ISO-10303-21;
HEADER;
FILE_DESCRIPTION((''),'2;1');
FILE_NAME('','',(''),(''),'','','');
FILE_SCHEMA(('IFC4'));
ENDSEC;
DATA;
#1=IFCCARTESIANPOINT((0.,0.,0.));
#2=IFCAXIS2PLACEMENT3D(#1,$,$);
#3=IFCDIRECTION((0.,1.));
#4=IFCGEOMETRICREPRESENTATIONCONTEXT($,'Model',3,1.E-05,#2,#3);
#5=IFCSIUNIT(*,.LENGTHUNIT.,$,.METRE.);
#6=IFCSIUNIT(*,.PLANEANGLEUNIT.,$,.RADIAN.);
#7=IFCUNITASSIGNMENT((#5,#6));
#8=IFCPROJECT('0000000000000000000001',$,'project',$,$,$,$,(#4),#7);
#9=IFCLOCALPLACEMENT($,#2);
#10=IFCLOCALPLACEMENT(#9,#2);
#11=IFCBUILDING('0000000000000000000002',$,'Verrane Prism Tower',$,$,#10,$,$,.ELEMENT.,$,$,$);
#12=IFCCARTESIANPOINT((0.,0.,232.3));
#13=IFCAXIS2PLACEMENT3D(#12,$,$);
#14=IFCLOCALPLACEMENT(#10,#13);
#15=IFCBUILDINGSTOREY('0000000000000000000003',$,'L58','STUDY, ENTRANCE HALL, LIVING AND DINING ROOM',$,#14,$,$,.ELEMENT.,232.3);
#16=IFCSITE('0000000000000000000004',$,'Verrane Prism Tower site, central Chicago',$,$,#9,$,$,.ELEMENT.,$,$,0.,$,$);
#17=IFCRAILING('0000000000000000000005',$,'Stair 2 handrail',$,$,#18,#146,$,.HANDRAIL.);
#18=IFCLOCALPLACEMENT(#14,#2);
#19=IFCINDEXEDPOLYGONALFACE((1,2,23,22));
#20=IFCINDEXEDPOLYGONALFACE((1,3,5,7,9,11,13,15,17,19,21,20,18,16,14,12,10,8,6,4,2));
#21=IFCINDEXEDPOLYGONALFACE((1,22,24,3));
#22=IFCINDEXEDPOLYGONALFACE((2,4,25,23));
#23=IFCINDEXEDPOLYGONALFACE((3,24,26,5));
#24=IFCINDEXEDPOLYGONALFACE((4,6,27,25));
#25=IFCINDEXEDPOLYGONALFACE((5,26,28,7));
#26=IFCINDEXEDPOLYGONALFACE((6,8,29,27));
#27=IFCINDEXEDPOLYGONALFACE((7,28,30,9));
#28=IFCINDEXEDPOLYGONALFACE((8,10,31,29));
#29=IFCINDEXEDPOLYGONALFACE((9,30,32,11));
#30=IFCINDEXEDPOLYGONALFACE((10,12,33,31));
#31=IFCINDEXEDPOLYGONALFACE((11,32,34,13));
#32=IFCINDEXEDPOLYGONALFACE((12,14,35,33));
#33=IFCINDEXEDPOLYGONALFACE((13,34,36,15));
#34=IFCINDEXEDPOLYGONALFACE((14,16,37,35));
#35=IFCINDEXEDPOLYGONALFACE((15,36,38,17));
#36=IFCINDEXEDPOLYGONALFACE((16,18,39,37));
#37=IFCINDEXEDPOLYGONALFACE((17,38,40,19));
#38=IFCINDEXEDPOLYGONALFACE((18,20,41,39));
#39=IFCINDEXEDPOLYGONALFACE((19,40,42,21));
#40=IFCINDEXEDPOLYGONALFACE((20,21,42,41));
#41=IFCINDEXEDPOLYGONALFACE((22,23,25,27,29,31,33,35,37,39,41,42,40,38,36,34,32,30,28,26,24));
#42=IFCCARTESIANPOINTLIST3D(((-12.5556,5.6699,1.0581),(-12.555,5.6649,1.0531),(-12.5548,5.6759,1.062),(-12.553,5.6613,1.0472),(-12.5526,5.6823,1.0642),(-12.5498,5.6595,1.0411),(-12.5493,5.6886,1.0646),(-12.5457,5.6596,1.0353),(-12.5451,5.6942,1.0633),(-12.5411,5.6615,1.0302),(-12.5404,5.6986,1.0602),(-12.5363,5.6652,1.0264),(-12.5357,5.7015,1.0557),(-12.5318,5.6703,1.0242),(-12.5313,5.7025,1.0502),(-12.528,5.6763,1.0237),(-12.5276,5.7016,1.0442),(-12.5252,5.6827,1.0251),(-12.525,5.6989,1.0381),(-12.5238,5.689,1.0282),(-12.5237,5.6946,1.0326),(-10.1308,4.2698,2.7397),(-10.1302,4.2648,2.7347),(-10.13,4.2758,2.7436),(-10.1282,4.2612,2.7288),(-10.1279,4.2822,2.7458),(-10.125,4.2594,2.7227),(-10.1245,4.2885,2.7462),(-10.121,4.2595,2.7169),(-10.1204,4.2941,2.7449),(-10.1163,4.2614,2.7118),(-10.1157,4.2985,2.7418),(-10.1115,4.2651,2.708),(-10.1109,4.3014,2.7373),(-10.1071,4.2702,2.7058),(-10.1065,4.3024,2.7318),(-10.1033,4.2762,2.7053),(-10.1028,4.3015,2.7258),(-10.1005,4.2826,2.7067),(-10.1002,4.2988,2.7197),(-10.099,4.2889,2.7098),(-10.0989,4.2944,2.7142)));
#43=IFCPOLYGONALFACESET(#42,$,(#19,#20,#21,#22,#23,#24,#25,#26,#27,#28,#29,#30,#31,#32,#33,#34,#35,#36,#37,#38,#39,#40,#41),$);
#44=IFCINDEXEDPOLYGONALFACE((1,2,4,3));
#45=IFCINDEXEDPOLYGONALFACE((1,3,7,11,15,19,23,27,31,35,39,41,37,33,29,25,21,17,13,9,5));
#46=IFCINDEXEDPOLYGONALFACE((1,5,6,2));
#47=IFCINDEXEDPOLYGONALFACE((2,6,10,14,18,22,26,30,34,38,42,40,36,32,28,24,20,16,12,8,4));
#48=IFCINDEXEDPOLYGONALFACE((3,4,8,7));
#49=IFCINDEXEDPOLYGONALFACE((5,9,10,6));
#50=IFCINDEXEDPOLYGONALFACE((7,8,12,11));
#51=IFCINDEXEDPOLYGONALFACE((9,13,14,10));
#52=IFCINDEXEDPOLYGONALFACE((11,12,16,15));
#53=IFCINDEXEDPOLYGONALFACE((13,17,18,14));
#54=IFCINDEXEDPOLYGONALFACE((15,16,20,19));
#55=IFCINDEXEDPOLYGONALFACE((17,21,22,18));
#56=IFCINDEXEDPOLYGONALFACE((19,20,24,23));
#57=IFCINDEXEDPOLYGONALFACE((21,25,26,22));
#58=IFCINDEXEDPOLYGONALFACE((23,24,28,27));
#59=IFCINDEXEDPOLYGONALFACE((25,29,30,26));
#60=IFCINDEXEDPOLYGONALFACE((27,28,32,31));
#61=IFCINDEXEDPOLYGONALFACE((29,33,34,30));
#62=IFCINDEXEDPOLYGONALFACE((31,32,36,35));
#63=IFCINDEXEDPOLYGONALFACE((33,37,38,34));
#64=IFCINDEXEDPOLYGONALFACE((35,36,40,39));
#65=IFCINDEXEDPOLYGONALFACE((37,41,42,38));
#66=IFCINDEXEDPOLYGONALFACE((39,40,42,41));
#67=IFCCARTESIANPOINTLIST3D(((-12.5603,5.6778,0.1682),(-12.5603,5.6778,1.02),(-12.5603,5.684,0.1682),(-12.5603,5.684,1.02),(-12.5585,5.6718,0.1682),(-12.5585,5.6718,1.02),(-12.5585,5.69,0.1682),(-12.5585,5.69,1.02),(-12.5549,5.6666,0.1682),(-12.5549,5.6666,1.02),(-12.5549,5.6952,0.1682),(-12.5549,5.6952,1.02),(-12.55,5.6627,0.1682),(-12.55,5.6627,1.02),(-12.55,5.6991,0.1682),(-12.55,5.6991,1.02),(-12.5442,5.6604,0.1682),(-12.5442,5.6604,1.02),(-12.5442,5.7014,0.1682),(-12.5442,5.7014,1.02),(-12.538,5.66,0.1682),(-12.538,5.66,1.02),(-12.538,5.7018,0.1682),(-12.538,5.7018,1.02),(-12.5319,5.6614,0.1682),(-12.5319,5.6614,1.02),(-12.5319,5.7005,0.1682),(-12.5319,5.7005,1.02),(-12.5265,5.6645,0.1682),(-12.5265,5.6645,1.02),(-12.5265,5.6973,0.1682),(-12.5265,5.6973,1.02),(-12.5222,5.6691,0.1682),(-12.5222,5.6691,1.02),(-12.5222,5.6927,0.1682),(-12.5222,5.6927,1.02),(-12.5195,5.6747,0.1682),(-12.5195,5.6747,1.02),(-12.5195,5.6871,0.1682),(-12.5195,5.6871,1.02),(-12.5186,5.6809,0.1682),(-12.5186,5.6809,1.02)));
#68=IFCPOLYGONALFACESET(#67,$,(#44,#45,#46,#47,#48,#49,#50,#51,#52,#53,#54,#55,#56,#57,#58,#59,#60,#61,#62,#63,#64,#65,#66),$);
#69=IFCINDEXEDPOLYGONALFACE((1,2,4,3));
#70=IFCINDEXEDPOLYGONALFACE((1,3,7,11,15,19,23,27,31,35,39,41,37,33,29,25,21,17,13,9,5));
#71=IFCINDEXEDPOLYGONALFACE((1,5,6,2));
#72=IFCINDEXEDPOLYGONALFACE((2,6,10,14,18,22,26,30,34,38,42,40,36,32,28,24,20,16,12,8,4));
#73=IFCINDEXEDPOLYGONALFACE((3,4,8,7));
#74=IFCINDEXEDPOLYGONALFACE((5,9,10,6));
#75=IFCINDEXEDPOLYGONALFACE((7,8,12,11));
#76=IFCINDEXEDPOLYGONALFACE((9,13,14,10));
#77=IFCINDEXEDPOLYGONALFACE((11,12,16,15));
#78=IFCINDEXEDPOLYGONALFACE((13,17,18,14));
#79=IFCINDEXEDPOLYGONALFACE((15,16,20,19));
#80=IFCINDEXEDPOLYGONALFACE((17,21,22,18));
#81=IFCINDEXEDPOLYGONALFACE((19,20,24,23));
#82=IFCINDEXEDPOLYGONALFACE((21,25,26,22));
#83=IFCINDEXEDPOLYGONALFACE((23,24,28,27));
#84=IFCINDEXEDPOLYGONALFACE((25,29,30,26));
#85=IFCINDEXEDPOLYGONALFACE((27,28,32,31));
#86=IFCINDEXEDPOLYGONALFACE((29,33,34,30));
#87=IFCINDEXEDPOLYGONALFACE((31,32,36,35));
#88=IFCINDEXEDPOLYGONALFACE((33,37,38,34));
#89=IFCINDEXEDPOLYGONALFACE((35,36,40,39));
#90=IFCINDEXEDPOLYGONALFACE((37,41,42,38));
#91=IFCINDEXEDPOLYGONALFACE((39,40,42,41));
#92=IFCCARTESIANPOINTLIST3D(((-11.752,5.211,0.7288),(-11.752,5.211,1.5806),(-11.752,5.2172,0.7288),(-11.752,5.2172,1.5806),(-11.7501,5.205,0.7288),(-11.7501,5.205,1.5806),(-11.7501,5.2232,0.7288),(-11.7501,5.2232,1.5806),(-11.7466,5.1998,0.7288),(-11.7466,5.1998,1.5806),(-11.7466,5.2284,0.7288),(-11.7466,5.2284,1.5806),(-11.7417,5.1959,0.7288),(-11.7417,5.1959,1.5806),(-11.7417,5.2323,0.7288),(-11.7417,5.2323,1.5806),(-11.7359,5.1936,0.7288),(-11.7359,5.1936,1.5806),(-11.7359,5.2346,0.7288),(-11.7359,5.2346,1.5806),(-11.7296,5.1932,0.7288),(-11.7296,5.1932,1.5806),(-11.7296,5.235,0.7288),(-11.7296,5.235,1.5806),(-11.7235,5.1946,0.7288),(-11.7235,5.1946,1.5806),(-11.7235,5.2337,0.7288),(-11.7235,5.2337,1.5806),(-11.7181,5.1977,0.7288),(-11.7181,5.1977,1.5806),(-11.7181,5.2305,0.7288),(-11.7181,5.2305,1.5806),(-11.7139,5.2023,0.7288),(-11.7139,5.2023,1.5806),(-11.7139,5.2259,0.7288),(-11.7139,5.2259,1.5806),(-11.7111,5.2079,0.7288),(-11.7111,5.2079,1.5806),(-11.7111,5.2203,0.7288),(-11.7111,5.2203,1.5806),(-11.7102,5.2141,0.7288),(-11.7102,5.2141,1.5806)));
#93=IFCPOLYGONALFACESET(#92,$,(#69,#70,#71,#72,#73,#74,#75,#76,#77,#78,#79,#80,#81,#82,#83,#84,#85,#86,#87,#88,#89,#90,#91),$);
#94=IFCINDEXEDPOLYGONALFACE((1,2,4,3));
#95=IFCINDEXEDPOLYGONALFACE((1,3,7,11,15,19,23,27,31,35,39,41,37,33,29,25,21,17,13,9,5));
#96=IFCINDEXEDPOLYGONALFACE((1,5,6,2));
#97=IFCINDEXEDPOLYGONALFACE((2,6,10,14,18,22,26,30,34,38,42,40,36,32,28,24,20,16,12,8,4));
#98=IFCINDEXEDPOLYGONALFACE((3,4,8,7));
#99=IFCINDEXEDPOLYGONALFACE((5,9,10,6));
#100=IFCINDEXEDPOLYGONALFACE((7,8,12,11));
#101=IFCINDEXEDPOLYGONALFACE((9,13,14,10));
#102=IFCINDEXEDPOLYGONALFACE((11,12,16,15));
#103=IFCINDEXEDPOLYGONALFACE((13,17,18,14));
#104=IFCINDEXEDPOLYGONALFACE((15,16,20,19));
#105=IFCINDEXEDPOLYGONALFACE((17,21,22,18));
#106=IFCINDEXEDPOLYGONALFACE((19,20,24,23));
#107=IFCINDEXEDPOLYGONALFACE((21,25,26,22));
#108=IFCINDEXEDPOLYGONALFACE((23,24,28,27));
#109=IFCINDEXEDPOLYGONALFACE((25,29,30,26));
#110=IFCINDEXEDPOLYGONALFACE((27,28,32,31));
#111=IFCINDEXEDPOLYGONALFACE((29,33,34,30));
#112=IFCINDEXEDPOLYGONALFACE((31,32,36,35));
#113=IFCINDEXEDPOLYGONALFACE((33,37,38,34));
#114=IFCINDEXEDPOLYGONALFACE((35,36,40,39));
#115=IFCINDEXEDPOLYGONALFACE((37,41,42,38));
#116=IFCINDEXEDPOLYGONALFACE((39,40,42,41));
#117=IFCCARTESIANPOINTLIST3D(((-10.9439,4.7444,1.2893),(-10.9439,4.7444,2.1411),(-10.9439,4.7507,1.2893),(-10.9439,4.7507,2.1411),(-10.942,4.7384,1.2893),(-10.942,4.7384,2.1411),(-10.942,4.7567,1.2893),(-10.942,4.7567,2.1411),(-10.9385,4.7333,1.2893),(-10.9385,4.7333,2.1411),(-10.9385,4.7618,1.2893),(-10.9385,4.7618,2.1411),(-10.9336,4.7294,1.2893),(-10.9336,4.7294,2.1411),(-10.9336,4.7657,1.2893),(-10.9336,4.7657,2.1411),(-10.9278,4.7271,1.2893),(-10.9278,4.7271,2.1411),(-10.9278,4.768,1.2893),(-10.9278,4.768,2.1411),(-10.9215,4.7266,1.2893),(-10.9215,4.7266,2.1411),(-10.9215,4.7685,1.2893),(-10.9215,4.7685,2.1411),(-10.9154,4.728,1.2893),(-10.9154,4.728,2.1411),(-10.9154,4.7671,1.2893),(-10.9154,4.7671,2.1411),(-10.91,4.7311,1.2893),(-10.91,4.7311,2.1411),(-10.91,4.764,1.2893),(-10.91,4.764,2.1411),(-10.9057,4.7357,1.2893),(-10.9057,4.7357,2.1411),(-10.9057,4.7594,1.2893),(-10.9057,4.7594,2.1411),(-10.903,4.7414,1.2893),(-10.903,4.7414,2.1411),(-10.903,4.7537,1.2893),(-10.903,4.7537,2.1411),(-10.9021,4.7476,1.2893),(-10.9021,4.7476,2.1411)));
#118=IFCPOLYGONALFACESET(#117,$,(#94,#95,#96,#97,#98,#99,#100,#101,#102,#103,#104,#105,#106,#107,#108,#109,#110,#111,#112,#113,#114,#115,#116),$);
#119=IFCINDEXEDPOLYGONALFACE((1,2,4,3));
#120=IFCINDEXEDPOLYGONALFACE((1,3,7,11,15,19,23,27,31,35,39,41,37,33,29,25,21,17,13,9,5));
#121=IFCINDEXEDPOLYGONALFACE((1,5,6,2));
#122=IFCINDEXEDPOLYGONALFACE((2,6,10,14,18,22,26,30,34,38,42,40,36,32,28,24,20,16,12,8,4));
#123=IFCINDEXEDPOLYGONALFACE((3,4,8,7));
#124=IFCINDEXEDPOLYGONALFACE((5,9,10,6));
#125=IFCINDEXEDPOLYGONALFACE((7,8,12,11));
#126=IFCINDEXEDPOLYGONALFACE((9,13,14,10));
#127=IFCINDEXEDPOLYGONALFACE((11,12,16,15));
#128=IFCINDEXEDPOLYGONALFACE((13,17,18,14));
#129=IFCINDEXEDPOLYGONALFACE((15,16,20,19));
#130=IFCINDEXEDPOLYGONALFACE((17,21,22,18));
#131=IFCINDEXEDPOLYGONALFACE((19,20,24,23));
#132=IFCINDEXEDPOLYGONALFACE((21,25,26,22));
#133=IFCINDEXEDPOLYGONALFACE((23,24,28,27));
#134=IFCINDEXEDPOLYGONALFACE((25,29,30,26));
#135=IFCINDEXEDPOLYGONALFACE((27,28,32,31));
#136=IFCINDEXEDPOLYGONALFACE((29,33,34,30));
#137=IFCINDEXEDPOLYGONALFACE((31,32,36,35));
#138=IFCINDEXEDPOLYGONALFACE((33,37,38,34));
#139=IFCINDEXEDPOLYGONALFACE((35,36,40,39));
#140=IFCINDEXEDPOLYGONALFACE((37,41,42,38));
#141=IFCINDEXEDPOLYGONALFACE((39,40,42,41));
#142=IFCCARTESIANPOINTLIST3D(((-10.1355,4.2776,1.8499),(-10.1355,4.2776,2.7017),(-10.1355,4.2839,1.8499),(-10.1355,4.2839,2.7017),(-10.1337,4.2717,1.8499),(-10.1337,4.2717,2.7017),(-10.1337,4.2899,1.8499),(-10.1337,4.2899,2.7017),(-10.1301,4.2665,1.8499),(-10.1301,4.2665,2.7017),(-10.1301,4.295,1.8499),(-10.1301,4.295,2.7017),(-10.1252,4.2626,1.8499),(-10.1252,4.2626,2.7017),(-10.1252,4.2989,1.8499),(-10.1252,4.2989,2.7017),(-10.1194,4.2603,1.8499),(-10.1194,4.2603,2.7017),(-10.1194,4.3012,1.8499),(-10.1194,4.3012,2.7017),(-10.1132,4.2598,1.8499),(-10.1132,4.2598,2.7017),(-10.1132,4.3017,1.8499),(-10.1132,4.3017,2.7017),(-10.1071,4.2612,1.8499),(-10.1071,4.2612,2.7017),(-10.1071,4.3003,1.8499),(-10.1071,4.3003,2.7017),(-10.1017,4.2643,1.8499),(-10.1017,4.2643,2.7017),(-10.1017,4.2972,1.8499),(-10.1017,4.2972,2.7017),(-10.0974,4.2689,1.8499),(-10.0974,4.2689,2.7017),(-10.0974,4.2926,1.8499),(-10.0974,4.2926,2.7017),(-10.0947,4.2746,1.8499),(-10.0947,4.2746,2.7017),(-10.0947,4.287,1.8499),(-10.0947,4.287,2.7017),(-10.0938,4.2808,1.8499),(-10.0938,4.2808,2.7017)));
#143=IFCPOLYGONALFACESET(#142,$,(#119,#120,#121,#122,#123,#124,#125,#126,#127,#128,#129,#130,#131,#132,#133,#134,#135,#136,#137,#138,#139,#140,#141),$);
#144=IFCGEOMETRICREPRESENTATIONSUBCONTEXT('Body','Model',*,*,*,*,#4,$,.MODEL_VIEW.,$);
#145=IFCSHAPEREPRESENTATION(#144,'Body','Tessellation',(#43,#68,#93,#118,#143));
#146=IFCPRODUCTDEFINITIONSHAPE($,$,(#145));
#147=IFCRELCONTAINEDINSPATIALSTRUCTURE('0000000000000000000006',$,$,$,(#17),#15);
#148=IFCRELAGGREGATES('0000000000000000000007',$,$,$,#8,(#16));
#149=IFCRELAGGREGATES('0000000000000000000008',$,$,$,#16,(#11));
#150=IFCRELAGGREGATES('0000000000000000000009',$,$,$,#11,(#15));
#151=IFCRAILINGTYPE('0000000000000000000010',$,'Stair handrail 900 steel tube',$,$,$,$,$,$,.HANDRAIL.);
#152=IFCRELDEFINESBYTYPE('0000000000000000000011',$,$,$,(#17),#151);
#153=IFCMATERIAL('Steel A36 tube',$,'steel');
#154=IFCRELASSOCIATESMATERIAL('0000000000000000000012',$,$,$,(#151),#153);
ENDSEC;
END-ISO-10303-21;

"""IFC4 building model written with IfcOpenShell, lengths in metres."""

from ifc_helpers import new_model, si_unit, direction, frame, origin, origin_2d, place, context, subcontext, project, spatial, circle, extrude, material, type_object, element, save


model = new_model("IFC4")

# Units and contexts
model_context = context("Model", 3, precision=1e-05, world=origin(), true_north=direction((0.0, 1.0)))
body_context = subcontext(model_context, "Body", "Model", "MODEL_VIEW")
ifc_project = project(units=[si_unit("LENGTHUNIT", "METRE"), si_unit("PLANEANGLEUNIT", "RADIAN")], contexts=[model_context])

# Site, building, storey
site_placement = place(None, origin())
site = spatial("IfcSite", under=ifc_project, at=site_placement, Name="Verrane Prism Tower site, central Chicago", CompositionType="ELEMENT", RefElevation=0.0)
building_placement = place(site_placement, origin())
building = spatial("IfcBuilding", under=site, at=building_placement, Name="Verrane Prism Tower", CompositionType="ELEMENT")
storey_placement = place(building_placement, frame((0.0, 0.0, 232.3)))
storey = spatial("IfcBuildingStorey", under=building, at=storey_placement, Name="L58", Description="STUDY, ENTRANCE HALL, LIVING AND DINING ROOM", CompositionType="ELEMENT", Elevation=232.3)

# Railing
ifc_material_1 = material(Name="Steel A36 tube", Category="steel")
railing_type = type_object("IfcRailingType", Name="Stair handrail 900 steel tube", PredefinedType="HANDRAIL", material=ifc_material_1)
railing_placement = place(storey_placement, frame((-12.5396, 5.6809, 0.1682)))
element("IfcRailing", 1, at=railing_placement, inside=storey, type_object=railing_type, Name="Stair 2 handrail", PredefinedType="HANDRAIL", context=body_context, shape_type="SweptSolid", body=[
    extrude(circle(Radius=0.0239, at=origin_2d()), frame((0.0, 0.0, 0.876), z_axis=(0.742395, -0.428679, 0.514863), x_axis=(0.50005, 0.865997, 0.0)), (0.0, 0.0, 1.0), 3.2661),
    extrude(circle(Radius=0.021, at=origin_2d()), origin(), (0.0, 0.0, 1.0), 0.8518),
    extrude(circle(Radius=0.021, at=origin_2d()), frame((0.8083, -0.4668, 0.5605)), (0.0, 0.0, 1.0), 0.8518),
    extrude(circle(Radius=0.021, at=origin_2d()), frame((1.6165, -0.9333, 1.1211)), (0.0, 0.0, 1.0), 0.8518),
    extrude(circle(Radius=0.021, at=origin_2d()), frame((2.4248, -1.4001, 1.6816)), (0.0, 0.0, 1.0), 0.8518),
])

save(model, "model.ifc")
